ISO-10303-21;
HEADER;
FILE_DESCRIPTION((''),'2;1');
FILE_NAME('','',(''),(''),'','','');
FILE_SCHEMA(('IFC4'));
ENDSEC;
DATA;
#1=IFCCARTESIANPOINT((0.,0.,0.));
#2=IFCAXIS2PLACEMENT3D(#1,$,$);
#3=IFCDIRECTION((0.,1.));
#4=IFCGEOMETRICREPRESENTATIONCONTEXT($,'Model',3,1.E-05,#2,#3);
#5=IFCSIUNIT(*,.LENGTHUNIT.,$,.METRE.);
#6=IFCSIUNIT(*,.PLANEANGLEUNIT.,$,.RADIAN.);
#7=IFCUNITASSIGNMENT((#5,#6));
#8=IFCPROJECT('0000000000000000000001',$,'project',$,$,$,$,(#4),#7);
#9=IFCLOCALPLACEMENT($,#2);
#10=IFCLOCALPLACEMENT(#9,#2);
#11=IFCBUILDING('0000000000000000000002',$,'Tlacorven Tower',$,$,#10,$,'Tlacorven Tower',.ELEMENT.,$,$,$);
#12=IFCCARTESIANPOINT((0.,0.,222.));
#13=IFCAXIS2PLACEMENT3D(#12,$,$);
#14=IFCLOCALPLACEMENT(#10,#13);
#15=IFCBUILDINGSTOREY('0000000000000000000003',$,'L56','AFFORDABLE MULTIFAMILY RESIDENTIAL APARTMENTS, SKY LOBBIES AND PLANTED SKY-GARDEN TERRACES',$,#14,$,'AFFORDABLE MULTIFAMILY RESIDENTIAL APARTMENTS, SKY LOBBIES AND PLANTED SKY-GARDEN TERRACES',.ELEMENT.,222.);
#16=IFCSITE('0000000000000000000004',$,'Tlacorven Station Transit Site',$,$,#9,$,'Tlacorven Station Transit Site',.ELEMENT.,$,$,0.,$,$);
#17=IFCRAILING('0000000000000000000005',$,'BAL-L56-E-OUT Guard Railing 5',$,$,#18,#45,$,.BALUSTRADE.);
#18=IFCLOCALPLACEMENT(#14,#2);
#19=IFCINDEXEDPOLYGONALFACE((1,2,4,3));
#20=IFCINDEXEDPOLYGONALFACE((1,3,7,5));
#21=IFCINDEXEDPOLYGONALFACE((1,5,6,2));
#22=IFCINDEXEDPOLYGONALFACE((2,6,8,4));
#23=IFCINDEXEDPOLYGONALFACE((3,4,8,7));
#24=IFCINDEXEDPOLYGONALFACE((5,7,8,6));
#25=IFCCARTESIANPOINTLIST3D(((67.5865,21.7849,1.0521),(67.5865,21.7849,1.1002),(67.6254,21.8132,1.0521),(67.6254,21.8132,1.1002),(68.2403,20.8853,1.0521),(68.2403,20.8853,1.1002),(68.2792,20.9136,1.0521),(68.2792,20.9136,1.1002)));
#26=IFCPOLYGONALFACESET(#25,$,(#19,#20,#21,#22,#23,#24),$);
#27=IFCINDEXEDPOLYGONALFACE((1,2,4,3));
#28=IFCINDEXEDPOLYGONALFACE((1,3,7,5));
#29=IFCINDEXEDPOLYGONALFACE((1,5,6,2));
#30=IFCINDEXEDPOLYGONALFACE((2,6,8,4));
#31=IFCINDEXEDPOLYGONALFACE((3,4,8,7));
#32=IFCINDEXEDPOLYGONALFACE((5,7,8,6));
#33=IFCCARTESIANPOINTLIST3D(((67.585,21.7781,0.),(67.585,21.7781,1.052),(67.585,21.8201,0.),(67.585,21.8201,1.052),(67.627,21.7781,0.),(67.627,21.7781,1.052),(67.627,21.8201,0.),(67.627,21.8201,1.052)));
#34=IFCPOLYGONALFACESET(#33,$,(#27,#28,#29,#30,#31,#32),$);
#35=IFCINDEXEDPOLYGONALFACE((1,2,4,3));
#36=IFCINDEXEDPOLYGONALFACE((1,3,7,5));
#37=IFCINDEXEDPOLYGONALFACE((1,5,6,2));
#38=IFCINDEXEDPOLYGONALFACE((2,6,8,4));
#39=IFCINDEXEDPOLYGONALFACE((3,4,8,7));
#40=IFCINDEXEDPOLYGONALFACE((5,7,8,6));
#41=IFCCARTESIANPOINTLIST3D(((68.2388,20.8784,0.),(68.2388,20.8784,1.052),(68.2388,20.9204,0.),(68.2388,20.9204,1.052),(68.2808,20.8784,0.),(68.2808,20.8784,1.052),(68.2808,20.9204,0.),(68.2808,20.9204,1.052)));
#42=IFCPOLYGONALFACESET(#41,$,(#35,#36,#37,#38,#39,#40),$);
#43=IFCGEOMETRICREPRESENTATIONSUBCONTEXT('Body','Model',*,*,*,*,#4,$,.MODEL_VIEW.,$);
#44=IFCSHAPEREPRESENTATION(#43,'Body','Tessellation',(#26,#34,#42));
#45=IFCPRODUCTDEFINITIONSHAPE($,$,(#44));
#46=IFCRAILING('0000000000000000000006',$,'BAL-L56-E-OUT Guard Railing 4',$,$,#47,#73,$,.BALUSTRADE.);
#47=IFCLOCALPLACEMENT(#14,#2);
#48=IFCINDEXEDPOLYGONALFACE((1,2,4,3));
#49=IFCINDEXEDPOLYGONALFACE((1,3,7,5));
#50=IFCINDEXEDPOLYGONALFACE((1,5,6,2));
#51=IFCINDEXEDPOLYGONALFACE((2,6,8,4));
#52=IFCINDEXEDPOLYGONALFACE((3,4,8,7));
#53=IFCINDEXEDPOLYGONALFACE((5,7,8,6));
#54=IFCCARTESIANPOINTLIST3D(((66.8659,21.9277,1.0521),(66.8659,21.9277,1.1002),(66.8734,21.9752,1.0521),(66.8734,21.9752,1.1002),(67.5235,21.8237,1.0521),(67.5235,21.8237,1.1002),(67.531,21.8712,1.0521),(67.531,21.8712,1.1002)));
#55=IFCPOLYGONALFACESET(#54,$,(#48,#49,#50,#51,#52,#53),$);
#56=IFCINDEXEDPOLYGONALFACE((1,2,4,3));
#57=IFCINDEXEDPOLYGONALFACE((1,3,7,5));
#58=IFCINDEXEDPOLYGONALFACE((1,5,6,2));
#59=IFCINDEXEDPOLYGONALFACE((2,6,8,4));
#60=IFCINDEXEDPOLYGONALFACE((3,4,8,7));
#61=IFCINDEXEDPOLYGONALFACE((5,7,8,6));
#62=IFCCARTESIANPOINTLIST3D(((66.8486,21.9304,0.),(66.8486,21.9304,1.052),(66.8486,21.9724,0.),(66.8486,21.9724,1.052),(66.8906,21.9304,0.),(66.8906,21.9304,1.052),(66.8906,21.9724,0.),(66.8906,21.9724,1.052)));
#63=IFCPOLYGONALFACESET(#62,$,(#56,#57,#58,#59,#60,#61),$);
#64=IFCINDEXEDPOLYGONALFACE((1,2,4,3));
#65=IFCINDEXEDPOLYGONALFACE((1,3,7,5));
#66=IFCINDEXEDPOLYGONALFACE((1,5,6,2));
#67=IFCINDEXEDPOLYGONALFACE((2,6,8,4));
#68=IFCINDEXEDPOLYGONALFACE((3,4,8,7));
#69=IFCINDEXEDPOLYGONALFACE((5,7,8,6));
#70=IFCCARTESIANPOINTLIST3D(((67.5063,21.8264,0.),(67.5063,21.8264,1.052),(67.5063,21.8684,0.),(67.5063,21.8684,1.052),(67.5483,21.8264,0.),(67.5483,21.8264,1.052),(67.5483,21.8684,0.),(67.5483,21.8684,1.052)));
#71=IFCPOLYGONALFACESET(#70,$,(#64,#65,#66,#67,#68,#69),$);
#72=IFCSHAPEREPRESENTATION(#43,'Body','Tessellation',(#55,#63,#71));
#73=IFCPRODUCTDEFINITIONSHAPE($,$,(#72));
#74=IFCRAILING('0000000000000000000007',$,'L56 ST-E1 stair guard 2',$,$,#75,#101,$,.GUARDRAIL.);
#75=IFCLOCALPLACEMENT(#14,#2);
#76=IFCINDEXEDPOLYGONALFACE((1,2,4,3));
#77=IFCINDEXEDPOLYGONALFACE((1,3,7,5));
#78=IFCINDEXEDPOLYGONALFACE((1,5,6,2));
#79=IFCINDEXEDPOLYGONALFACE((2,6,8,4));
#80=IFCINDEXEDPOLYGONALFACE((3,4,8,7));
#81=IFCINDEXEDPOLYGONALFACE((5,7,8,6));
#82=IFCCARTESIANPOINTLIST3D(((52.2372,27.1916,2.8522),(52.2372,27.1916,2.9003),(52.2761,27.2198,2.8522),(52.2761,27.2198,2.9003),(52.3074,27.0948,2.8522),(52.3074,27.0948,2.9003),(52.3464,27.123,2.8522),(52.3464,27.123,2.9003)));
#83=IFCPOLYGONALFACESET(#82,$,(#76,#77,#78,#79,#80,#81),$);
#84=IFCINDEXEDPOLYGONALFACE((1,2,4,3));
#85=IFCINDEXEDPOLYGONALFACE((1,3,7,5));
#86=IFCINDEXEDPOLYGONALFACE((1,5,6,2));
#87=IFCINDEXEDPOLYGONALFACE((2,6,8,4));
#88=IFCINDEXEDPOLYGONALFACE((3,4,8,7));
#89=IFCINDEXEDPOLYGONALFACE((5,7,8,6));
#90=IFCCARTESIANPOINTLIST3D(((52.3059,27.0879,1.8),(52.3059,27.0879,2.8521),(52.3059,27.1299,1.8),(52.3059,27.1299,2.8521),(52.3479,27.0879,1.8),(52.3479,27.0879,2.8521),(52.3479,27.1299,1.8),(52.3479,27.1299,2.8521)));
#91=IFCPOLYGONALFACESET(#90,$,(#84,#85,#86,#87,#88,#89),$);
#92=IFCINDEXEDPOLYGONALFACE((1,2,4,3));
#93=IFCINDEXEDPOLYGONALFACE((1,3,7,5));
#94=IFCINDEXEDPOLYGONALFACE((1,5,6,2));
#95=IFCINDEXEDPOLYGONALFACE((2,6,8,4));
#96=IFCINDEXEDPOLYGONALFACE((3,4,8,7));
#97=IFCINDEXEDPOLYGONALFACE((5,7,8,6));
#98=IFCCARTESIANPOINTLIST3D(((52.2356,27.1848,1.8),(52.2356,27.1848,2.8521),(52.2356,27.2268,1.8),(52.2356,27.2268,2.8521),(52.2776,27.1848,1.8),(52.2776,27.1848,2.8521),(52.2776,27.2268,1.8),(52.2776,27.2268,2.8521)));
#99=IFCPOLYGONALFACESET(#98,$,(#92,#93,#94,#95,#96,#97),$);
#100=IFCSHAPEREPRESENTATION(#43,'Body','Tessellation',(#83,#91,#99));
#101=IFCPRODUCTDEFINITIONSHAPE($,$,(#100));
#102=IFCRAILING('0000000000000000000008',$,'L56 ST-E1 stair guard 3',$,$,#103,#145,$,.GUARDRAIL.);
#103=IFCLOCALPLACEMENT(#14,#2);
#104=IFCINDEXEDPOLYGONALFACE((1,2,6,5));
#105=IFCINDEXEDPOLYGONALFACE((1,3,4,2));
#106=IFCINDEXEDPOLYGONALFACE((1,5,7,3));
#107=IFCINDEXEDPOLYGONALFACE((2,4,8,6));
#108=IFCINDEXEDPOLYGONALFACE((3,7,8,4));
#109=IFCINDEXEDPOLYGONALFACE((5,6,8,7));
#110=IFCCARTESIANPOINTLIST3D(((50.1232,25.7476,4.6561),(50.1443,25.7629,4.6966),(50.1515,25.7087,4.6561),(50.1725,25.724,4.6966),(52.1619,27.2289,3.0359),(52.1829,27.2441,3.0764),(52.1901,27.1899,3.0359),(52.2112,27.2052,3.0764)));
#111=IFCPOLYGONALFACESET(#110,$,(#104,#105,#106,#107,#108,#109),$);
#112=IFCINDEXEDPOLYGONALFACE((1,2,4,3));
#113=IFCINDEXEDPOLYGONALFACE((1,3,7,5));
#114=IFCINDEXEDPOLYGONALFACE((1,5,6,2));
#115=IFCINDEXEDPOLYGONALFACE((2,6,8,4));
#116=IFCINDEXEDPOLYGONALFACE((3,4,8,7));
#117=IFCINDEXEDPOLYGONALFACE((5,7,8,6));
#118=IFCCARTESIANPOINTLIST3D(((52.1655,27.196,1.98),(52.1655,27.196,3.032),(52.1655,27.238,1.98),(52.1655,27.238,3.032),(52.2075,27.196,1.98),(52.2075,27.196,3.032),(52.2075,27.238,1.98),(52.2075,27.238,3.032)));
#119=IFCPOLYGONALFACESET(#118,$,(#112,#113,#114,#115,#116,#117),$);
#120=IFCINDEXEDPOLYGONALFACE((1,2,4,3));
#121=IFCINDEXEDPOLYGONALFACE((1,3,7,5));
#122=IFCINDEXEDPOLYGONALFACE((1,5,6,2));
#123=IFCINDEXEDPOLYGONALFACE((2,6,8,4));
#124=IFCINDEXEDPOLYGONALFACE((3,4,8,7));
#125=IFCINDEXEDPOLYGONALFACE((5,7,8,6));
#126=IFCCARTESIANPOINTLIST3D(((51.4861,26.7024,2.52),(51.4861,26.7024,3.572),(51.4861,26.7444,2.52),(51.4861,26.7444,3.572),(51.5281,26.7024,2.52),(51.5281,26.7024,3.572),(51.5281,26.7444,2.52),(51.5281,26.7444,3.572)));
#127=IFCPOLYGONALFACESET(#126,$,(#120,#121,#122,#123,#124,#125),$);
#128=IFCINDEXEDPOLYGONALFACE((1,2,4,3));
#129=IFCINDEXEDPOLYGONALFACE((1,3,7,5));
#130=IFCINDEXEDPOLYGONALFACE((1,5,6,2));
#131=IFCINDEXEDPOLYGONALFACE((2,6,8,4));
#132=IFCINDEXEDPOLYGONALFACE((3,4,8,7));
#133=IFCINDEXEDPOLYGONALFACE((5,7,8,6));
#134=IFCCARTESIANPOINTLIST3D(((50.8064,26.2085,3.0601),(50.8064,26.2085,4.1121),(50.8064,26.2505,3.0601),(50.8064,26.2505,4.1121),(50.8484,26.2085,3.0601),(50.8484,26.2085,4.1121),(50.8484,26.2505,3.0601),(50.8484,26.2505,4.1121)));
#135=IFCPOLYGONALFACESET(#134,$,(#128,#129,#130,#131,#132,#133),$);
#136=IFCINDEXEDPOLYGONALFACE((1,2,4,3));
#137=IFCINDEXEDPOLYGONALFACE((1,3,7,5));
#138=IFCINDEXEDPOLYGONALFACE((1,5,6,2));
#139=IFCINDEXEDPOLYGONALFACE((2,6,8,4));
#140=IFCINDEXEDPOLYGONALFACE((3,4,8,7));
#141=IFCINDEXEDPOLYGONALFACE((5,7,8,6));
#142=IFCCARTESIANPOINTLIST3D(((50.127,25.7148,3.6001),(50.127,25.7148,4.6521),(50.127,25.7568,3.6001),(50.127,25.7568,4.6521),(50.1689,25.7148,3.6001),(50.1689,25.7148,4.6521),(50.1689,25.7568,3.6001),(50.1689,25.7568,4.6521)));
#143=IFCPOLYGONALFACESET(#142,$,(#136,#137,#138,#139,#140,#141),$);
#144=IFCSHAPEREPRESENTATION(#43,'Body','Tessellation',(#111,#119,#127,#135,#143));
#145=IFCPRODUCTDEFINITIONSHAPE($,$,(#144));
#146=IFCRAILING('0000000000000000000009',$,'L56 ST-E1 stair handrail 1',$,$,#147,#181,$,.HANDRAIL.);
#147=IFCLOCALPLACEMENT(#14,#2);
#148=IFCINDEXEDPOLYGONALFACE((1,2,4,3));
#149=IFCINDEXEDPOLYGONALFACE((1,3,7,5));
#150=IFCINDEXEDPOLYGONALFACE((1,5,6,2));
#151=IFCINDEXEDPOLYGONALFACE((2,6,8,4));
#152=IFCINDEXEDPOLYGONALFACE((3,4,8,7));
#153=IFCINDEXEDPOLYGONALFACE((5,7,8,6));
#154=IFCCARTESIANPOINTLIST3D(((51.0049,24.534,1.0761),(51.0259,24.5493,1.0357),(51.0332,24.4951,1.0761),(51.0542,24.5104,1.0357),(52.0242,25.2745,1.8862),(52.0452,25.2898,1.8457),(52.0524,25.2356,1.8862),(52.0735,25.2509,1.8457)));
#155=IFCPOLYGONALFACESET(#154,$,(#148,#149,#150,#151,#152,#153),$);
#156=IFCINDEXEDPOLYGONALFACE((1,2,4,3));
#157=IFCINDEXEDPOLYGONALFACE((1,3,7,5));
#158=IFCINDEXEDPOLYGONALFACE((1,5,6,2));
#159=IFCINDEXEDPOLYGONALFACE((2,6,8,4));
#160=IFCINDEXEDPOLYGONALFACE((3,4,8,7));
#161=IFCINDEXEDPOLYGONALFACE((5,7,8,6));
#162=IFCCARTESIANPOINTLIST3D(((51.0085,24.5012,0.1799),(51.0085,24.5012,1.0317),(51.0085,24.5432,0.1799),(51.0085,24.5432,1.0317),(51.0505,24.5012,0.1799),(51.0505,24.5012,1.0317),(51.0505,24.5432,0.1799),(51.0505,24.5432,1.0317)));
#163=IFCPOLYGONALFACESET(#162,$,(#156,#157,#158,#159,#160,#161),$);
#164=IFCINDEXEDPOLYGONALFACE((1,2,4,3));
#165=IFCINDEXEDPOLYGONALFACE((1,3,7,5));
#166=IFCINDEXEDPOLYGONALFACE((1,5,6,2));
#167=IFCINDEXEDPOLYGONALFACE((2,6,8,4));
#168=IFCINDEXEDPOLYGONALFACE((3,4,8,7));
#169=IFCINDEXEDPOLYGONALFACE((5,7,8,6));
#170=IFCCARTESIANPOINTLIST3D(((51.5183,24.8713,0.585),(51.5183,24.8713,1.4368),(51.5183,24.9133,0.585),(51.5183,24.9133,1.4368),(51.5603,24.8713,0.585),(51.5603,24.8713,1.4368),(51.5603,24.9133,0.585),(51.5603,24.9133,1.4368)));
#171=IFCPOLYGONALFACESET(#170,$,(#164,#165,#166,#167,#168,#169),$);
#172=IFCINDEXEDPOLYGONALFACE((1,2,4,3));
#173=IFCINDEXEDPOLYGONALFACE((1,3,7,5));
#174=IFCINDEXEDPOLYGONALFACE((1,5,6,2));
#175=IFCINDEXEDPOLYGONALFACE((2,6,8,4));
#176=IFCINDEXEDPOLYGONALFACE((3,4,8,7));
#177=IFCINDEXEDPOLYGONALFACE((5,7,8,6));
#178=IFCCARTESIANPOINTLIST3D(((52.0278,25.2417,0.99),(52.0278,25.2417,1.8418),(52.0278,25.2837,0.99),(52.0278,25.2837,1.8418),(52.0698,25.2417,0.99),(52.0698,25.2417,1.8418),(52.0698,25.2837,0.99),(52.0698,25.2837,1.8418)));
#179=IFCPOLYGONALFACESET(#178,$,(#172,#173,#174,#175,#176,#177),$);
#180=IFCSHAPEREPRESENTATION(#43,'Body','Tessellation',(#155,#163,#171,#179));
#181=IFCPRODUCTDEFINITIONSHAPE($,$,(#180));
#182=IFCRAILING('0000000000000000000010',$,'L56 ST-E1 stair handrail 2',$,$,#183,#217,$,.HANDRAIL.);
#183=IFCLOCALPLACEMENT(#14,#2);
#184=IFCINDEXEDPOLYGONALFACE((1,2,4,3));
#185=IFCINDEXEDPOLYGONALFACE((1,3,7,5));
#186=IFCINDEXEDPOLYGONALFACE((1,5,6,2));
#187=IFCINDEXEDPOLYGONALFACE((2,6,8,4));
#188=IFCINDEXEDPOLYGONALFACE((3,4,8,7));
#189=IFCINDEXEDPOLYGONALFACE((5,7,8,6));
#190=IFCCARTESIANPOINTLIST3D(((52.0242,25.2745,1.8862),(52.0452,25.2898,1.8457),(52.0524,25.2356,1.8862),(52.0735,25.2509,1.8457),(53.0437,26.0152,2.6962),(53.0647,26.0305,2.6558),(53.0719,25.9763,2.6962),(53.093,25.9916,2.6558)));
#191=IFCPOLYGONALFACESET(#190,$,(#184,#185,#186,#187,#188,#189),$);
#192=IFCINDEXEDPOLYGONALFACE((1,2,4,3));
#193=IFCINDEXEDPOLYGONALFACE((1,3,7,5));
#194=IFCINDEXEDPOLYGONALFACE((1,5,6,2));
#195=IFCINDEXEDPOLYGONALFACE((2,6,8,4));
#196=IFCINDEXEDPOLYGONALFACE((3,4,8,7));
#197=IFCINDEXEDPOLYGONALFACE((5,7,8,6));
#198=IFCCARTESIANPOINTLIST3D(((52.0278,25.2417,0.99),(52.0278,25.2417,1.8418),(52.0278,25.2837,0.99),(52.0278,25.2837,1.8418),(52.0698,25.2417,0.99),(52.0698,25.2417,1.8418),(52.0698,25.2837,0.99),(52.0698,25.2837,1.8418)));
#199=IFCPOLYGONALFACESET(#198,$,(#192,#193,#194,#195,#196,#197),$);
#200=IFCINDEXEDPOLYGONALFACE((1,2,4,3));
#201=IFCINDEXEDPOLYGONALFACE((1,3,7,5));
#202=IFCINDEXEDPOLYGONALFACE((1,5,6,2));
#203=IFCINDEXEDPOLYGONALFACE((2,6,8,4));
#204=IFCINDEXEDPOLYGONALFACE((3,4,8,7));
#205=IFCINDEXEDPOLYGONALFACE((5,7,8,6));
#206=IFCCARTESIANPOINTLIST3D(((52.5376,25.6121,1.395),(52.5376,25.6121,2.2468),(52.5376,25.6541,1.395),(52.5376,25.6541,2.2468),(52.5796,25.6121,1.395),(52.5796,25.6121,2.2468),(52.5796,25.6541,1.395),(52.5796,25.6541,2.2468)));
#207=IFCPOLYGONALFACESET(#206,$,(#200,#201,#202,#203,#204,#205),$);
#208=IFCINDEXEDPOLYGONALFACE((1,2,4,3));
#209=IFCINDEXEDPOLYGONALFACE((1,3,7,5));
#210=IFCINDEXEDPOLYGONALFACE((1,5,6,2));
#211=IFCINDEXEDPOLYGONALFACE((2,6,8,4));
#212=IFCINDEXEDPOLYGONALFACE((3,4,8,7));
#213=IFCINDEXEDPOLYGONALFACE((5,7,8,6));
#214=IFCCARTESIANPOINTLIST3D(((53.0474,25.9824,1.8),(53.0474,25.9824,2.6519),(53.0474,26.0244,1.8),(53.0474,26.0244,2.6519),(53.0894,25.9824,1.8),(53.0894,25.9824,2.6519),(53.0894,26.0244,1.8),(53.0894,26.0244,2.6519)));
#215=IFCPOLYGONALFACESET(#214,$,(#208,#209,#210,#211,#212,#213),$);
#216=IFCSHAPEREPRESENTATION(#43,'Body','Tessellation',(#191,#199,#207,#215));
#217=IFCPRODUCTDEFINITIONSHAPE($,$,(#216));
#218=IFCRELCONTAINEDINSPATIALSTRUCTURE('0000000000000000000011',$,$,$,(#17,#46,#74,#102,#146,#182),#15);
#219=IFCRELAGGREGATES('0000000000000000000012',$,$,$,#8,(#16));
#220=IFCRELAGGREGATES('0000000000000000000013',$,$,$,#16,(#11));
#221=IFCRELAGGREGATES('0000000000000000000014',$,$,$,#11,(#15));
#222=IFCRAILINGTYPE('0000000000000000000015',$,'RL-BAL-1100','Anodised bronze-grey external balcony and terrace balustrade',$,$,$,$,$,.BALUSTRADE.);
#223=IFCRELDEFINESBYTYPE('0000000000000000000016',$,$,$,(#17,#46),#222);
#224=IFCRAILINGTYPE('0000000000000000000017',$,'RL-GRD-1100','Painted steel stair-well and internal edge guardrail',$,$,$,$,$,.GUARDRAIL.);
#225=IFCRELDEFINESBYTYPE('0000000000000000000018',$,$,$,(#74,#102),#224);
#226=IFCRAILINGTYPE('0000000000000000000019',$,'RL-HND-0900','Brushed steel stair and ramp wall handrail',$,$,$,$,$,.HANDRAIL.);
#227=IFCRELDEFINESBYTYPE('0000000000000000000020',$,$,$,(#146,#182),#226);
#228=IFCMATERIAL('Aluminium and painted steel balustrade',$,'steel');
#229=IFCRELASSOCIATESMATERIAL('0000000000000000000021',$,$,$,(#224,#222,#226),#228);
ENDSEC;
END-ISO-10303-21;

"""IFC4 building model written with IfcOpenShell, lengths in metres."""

from ifc_helpers import new_model, si_unit, direction, frame, origin, origin_2d, place, context, subcontext, project, spatial, rectangle, extrude, source, transform, mapped, material, type_object, element, save


model = new_model("IFC4")

# Units and contexts
model_context = context("Model", 3, precision=1e-05, world=origin(), true_north=direction((0.0, 1.0)))
body_context = subcontext(model_context, "Body", "Model", "MODEL_VIEW")
ifc_project = project(units=[si_unit("LENGTHUNIT", "METRE"), si_unit("PLANEANGLEUNIT", "RADIAN")], contexts=[model_context])

# Site, building, storey
site_placement = place(None, origin())
site = spatial("IfcSite", under=ifc_project, at=site_placement, Name="Tlacorven Station Transit Site", LongName="Tlacorven Station Transit Site", CompositionType="ELEMENT", RefElevation=0.0)
building_placement = place(site_placement, origin())
building = spatial("IfcBuilding", under=site, at=building_placement, Name="Tlacorven Tower", LongName="Tlacorven Tower", CompositionType="ELEMENT")
storey_placement = place(building_placement, frame((0.0, 0.0, 222.0)))
storey = spatial("IfcBuildingStorey", under=building, at=storey_placement, Name="L56", Description="AFFORDABLE MULTIFAMILY RESIDENTIAL APARTMENTS, SKY LOBBIES AND PLANTED SKY-GARDEN TERRACES", LongName="AFFORDABLE MULTIFAMILY RESIDENTIAL APARTMENTS, SKY LOBBIES AND PLANTED SKY-GARDEN TERRACES", CompositionType="ELEMENT", Elevation=222.0)

# Railings
ifc_material_1 = material(Name="Aluminium and painted steel balustrade", Category="steel")
railing_type_1 = type_object("IfcRailingType", Name="RL-GRD-1100", Description="Painted steel stair-well and internal edge guardrail", PredefinedType="GUARDRAIL", material=ifc_material_1)
railing_type_2 = type_object("IfcRailingType", Name="RL-BAL-1100", Description="Anodised bronze-grey external balcony and terrace balustrade", PredefinedType="BALUSTRADE", material=ifc_material_1)
shared_shape_1 = source(origin(), body_context, "Body", "SweptSolid", [
    extrude(rectangle(XDim=0.0481, YDim=0.0481, at=origin_2d()), frame((0.0, 0.0, 1.0762), z_axis=(0.587884, -0.808945, 0.0), x_axis=(0.808945, 0.587884, 0.0)), (0.0, 0.0, 1.0), 1.1121),
    extrude(rectangle(XDim=0.042, YDim=0.042, at=origin_2d()), origin(), (0.0, 0.0, 1.0), 1.052),
    extrude(rectangle(XDim=0.042, YDim=0.042, at=origin_2d()), frame((0.6538, -0.8997, 0.0)), (0.0, 0.0, 1.0), 1.052),
])
railing_1_placement = place(storey_placement, frame((67.606, 21.7991, 0.0)))
element("IfcRailing", 1, at=railing_1_placement, inside=storey, type_object=railing_type_2, Name="BAL-L56-E-OUT Guard Railing 5", PredefinedType="BALUSTRADE", context=body_context, shape_type="MappedRepresentation", body=[
    mapped(shared_shape_1, transform((0.0, 0.0, 0.0), scale=1.0)),
])
shared_shape_2 = source(origin(), body_context, "Body", "SweptSolid", [
    extrude(rectangle(XDim=0.0481, YDim=0.0481, at=origin_2d()), frame((0.0, 0.0, 1.0762), z_axis=(0.987727, -0.156188, 0.0), x_axis=(0.156188, 0.987727, 0.0)), (0.0, 0.0, 1.0), 0.6658),
    extrude(rectangle(XDim=0.042, YDim=0.042, at=origin_2d()), origin(), (0.0, 0.0, 1.0), 1.052),
    extrude(rectangle(XDim=0.042, YDim=0.042, at=origin_2d()), frame((0.6577, -0.104, 0.0)), (0.0, 0.0, 1.0), 1.052),
])
railing_2_placement = place(storey_placement, frame((66.8696, 21.9514, 0.0)))
element("IfcRailing", 2, at=railing_2_placement, inside=storey, type_object=railing_type_2, Name="BAL-L56-E-OUT Guard Railing 4", PredefinedType="BALUSTRADE", context=body_context, shape_type="MappedRepresentation", body=[
    mapped(shared_shape_2, transform((0.0, 0.0, 0.0), scale=1.0)),
])
shared_shape_3 = source(origin(), body_context, "Body", "SweptSolid", [
    extrude(rectangle(XDim=0.0481, YDim=0.0481, at=origin_2d()), frame((0.0, 0.0, 1.0762), z_axis=(-0.587201, 0.809441, 0.0), x_axis=(-0.809441, -0.587201, 0.0)), (0.0, 0.0, 1.0), 0.1196),
    extrude(rectangle(XDim=0.042, YDim=0.042, at=origin_2d()), origin(), (0.0, 0.0, 1.0), 1.052),
    extrude(rectangle(XDim=0.042, YDim=0.042, at=origin_2d()), frame((-0.0703, 0.0969, 0.0)), (0.0, 0.0, 1.0), 1.052),
])
railing_3_placement = place(storey_placement, frame((52.3269, 27.1089, 1.8)))
element("IfcRailing", 3, at=railing_3_placement, inside=storey, type_object=railing_type_1, Name="L56 ST-E1 stair guard 2", PredefinedType="GUARDRAIL", context=body_context, shape_type="MappedRepresentation", body=[
    mapped(shared_shape_3, transform((0.0, 0.0, 0.0), scale=1.0)),
])
shared_shape_4 = source(origin(), body_context, "Body", "SweptSolid", [
    extrude(rectangle(XDim=0.0481, YDim=0.0481, at=origin_2d()), frame((0.0, 0.0, 1.0762), z_axis=(-0.680489, -0.494434, 0.540805), x_axis=(0.587809, -0.809, 0.0)), (0.0, 0.0, 1.0), 2.9958),
    extrude(rectangle(XDim=0.042, YDim=0.042, at=origin_2d()), origin(), (0.0, 0.0, 1.0), 1.052),
    extrude(rectangle(XDim=0.042, YDim=0.042, at=origin_2d()), frame((-0.6794, -0.4937, 0.54)), (0.0, 0.0, 1.0), 1.052),
    extrude(rectangle(XDim=0.042, YDim=0.042, at=origin_2d()), frame((-1.3591, -0.9875, 1.0801)), (0.0, 0.0, 1.0), 1.052),
    extrude(rectangle(XDim=0.042, YDim=0.042, at=origin_2d()), frame((-2.0386, -1.4812, 1.6201)), (0.0, 0.0, 1.0), 1.052),
])
railing_4_placement = place(storey_placement, frame((52.1865, 27.217, 1.98)))
element("IfcRailing", 4, at=railing_4_placement, inside=storey, type_object=railing_type_1, Name="L56 ST-E1 stair guard 3", PredefinedType="GUARDRAIL", context=body_context, shape_type="MappedRepresentation", body=[
    mapped(shared_shape_4, transform((0.0, 0.0, 0.0), scale=1.0)),
])
railing_type_3 = type_object("IfcRailingType", Name="RL-HND-0900", Description="Brushed steel stair and ramp wall handrail", PredefinedType="HANDRAIL", material=ifc_material_1)
shared_shape_5 = source(origin(), body_context, "Body", "SweptSolid", [
    extrude(rectangle(XDim=0.0481, YDim=0.0481, at=origin_2d()), frame((0.0, 0.0, 0.876), z_axis=(0.680516, 0.494373, 0.540827), x_axis=(-0.587745, 0.809046, 0.0)), (0.0, 0.0, 1.0), 1.4978),
    extrude(rectangle(XDim=0.042, YDim=0.042, at=origin_2d()), origin(), (0.0, 0.0, 1.0), 0.8518),
    extrude(rectangle(XDim=0.042, YDim=0.042, at=origin_2d()), frame((0.5098, 0.3701, 0.405)), (0.0, 0.0, 1.0), 0.8518),
    extrude(rectangle(XDim=0.042, YDim=0.042, at=origin_2d()), frame((1.0193, 0.7405, 0.8101)), (0.0, 0.0, 1.0), 0.8518),
])
railing_5_placement = place(storey_placement, frame((51.0295, 24.5222, 0.1799)))
element("IfcRailing", 5, at=railing_5_placement, inside=storey, type_object=railing_type_3, Name="L56 ST-E1 stair handrail 1", PredefinedType="HANDRAIL", context=body_context, shape_type="MappedRepresentation", body=[
    mapped(shared_shape_5, transform((0.0, 0.0, 0.0), scale=1.0)),
])
shared_shape_6 = source(origin(), body_context, "Body", "SweptSolid", [
    extrude(rectangle(XDim=0.0481, YDim=0.0481, at=origin_2d()), frame((0.0, 0.0, 0.876), z_axis=(0.680549, 0.494441, 0.540723), x_axis=(-0.58778, 0.809021, 0.0)), (0.0, 0.0, 1.0), 1.498),
    extrude(rectangle(XDim=0.042, YDim=0.042, at=origin_2d()), origin(), (0.0, 0.0, 1.0), 0.8518),
    extrude(rectangle(XDim=0.042, YDim=0.042, at=origin_2d()), frame((0.5098, 0.3704, 0.405)), (0.0, 0.0, 1.0), 0.8518),
    extrude(rectangle(XDim=0.042, YDim=0.042, at=origin_2d()), frame((1.0195, 0.7407, 0.8101)), (0.0, 0.0, 1.0), 0.8518),
])
railing_6_placement = place(storey_placement, frame((52.0488, 25.2627, 0.99)))
element("IfcRailing", 6, at=railing_6_placement, inside=storey, type_object=railing_type_3, Name="L56 ST-E1 stair handrail 2", PredefinedType="HANDRAIL", context=body_context, shape_type="MappedRepresentation", body=[
    mapped(shared_shape_6, transform((0.0, 0.0, 0.0), scale=1.0)),
])

save(model, "model.ifc")
